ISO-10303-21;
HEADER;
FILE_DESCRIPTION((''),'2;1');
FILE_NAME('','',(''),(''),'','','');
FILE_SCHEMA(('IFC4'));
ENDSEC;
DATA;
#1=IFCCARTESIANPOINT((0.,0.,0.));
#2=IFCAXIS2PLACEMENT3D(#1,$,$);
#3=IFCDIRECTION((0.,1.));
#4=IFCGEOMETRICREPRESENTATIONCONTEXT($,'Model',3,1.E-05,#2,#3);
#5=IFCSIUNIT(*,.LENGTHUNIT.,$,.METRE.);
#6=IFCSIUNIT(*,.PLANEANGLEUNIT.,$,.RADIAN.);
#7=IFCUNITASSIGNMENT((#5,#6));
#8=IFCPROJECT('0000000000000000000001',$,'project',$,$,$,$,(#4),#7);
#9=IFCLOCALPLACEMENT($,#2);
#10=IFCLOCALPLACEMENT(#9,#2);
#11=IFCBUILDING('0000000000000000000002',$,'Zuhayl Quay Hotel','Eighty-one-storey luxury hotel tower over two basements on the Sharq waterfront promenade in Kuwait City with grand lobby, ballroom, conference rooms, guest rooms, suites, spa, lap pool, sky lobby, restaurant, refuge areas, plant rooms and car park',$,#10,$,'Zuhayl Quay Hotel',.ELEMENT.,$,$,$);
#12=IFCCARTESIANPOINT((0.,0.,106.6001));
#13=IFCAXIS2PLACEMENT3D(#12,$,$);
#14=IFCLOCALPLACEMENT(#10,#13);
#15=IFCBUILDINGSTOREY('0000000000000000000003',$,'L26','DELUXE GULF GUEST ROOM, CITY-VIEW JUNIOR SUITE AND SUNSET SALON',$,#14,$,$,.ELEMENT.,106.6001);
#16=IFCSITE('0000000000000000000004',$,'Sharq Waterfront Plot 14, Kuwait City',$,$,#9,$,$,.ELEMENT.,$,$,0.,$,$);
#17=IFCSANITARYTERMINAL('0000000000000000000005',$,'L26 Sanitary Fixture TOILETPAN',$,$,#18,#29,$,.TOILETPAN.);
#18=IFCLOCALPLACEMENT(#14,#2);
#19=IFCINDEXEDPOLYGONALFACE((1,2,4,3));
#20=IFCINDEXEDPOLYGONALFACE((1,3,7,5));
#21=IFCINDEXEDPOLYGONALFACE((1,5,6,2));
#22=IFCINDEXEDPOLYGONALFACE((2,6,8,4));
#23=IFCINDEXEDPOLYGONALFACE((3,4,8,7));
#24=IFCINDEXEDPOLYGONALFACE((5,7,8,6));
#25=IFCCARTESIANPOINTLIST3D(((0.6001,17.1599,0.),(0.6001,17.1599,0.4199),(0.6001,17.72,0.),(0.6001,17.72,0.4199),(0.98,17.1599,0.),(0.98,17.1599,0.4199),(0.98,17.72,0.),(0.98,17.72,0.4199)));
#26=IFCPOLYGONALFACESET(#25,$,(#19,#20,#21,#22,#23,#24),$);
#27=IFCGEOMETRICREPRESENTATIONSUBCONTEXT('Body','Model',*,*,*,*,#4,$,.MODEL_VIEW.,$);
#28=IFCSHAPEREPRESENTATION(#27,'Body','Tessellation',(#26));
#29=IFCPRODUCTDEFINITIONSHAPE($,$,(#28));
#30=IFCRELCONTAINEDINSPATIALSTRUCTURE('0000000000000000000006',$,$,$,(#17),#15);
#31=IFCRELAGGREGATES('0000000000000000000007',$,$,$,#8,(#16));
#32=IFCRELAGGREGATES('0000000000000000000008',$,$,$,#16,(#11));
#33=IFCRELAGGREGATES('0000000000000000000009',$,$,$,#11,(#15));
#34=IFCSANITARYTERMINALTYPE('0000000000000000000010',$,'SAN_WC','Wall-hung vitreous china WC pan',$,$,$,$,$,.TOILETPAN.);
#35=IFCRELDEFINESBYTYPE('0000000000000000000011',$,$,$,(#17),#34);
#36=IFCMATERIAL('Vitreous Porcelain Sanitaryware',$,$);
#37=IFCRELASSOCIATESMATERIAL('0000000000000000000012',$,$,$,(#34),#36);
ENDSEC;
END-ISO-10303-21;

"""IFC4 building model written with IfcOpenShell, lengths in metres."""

from ifc_helpers import new_model, si_unit, direction, frame, origin, origin_2d, place, context, subcontext, project, spatial, rectangle, extrude, material, type_object, element, save


model = new_model("IFC4")

# Units and contexts
model_context = context("Model", 3, precision=1e-05, world=origin(), true_north=direction((0.0, 1.0)))
body_context = subcontext(model_context, "Body", "Model", "MODEL_VIEW")
ifc_project = project(units=[si_unit("LENGTHUNIT", "METRE"), si_unit("PLANEANGLEUNIT", "RADIAN")], contexts=[model_context])

# Site, building, storey
site_placement = place(None, origin())
site = spatial("IfcSite", under=ifc_project, at=site_placement, Name="Sharq Waterfront Plot 14, Kuwait City", CompositionType="ELEMENT", RefElevation=0.0)
building_placement = place(site_placement, origin())
building = spatial("IfcBuilding", under=site, at=building_placement, Name="Zuhayl Quay Hotel", Description="Eighty-one-storey luxury hotel tower over two basements on the Sharq waterfront promenade in Kuwait City with grand lobby, ballroom, conference rooms, guest rooms, suites, spa, lap pool, sky lobby, restaurant, refuge areas, plant rooms and car park", LongName="Zuhayl Quay Hotel", CompositionType="ELEMENT")
storey_placement = place(building_placement, frame((0.0, 0.0, 106.6001)))
storey = spatial("IfcBuildingStorey", under=building, at=storey_placement, Name="L26", Description="DELUXE GULF GUEST ROOM, CITY-VIEW JUNIOR SUITE AND SUNSET SALON", CompositionType="ELEMENT", Elevation=106.6001)

# Sanitary terminal
ifc_material_1 = material(Name="Vitreous Porcelain Sanitaryware")
sanitary_terminal_type = type_object("IfcSanitaryTerminalType", Name="SAN_WC", Description="Wall-hung vitreous china WC pan", PredefinedType="TOILETPAN", material=ifc_material_1)
sanitary_terminal_placement = place(storey_placement, frame((0.79, 17.4399, 0.0), z_axis=(0.0, 0.0, 1.0), x_axis=(1.0, 0.0, 0.0)))
element("IfcSanitaryTerminal", 1, at=sanitary_terminal_placement, inside=storey, type_object=sanitary_terminal_type, Name="L26 Sanitary Fixture TOILETPAN", PredefinedType="TOILETPAN", context=body_context, shape_type="SweptSolid", body=[
    extrude(rectangle(XDim=0.3799, YDim=0.5601, at=origin_2d()), origin(), (0.0, 0.0, 1.0), 0.4199),
])

save(model, "model.ifc")
